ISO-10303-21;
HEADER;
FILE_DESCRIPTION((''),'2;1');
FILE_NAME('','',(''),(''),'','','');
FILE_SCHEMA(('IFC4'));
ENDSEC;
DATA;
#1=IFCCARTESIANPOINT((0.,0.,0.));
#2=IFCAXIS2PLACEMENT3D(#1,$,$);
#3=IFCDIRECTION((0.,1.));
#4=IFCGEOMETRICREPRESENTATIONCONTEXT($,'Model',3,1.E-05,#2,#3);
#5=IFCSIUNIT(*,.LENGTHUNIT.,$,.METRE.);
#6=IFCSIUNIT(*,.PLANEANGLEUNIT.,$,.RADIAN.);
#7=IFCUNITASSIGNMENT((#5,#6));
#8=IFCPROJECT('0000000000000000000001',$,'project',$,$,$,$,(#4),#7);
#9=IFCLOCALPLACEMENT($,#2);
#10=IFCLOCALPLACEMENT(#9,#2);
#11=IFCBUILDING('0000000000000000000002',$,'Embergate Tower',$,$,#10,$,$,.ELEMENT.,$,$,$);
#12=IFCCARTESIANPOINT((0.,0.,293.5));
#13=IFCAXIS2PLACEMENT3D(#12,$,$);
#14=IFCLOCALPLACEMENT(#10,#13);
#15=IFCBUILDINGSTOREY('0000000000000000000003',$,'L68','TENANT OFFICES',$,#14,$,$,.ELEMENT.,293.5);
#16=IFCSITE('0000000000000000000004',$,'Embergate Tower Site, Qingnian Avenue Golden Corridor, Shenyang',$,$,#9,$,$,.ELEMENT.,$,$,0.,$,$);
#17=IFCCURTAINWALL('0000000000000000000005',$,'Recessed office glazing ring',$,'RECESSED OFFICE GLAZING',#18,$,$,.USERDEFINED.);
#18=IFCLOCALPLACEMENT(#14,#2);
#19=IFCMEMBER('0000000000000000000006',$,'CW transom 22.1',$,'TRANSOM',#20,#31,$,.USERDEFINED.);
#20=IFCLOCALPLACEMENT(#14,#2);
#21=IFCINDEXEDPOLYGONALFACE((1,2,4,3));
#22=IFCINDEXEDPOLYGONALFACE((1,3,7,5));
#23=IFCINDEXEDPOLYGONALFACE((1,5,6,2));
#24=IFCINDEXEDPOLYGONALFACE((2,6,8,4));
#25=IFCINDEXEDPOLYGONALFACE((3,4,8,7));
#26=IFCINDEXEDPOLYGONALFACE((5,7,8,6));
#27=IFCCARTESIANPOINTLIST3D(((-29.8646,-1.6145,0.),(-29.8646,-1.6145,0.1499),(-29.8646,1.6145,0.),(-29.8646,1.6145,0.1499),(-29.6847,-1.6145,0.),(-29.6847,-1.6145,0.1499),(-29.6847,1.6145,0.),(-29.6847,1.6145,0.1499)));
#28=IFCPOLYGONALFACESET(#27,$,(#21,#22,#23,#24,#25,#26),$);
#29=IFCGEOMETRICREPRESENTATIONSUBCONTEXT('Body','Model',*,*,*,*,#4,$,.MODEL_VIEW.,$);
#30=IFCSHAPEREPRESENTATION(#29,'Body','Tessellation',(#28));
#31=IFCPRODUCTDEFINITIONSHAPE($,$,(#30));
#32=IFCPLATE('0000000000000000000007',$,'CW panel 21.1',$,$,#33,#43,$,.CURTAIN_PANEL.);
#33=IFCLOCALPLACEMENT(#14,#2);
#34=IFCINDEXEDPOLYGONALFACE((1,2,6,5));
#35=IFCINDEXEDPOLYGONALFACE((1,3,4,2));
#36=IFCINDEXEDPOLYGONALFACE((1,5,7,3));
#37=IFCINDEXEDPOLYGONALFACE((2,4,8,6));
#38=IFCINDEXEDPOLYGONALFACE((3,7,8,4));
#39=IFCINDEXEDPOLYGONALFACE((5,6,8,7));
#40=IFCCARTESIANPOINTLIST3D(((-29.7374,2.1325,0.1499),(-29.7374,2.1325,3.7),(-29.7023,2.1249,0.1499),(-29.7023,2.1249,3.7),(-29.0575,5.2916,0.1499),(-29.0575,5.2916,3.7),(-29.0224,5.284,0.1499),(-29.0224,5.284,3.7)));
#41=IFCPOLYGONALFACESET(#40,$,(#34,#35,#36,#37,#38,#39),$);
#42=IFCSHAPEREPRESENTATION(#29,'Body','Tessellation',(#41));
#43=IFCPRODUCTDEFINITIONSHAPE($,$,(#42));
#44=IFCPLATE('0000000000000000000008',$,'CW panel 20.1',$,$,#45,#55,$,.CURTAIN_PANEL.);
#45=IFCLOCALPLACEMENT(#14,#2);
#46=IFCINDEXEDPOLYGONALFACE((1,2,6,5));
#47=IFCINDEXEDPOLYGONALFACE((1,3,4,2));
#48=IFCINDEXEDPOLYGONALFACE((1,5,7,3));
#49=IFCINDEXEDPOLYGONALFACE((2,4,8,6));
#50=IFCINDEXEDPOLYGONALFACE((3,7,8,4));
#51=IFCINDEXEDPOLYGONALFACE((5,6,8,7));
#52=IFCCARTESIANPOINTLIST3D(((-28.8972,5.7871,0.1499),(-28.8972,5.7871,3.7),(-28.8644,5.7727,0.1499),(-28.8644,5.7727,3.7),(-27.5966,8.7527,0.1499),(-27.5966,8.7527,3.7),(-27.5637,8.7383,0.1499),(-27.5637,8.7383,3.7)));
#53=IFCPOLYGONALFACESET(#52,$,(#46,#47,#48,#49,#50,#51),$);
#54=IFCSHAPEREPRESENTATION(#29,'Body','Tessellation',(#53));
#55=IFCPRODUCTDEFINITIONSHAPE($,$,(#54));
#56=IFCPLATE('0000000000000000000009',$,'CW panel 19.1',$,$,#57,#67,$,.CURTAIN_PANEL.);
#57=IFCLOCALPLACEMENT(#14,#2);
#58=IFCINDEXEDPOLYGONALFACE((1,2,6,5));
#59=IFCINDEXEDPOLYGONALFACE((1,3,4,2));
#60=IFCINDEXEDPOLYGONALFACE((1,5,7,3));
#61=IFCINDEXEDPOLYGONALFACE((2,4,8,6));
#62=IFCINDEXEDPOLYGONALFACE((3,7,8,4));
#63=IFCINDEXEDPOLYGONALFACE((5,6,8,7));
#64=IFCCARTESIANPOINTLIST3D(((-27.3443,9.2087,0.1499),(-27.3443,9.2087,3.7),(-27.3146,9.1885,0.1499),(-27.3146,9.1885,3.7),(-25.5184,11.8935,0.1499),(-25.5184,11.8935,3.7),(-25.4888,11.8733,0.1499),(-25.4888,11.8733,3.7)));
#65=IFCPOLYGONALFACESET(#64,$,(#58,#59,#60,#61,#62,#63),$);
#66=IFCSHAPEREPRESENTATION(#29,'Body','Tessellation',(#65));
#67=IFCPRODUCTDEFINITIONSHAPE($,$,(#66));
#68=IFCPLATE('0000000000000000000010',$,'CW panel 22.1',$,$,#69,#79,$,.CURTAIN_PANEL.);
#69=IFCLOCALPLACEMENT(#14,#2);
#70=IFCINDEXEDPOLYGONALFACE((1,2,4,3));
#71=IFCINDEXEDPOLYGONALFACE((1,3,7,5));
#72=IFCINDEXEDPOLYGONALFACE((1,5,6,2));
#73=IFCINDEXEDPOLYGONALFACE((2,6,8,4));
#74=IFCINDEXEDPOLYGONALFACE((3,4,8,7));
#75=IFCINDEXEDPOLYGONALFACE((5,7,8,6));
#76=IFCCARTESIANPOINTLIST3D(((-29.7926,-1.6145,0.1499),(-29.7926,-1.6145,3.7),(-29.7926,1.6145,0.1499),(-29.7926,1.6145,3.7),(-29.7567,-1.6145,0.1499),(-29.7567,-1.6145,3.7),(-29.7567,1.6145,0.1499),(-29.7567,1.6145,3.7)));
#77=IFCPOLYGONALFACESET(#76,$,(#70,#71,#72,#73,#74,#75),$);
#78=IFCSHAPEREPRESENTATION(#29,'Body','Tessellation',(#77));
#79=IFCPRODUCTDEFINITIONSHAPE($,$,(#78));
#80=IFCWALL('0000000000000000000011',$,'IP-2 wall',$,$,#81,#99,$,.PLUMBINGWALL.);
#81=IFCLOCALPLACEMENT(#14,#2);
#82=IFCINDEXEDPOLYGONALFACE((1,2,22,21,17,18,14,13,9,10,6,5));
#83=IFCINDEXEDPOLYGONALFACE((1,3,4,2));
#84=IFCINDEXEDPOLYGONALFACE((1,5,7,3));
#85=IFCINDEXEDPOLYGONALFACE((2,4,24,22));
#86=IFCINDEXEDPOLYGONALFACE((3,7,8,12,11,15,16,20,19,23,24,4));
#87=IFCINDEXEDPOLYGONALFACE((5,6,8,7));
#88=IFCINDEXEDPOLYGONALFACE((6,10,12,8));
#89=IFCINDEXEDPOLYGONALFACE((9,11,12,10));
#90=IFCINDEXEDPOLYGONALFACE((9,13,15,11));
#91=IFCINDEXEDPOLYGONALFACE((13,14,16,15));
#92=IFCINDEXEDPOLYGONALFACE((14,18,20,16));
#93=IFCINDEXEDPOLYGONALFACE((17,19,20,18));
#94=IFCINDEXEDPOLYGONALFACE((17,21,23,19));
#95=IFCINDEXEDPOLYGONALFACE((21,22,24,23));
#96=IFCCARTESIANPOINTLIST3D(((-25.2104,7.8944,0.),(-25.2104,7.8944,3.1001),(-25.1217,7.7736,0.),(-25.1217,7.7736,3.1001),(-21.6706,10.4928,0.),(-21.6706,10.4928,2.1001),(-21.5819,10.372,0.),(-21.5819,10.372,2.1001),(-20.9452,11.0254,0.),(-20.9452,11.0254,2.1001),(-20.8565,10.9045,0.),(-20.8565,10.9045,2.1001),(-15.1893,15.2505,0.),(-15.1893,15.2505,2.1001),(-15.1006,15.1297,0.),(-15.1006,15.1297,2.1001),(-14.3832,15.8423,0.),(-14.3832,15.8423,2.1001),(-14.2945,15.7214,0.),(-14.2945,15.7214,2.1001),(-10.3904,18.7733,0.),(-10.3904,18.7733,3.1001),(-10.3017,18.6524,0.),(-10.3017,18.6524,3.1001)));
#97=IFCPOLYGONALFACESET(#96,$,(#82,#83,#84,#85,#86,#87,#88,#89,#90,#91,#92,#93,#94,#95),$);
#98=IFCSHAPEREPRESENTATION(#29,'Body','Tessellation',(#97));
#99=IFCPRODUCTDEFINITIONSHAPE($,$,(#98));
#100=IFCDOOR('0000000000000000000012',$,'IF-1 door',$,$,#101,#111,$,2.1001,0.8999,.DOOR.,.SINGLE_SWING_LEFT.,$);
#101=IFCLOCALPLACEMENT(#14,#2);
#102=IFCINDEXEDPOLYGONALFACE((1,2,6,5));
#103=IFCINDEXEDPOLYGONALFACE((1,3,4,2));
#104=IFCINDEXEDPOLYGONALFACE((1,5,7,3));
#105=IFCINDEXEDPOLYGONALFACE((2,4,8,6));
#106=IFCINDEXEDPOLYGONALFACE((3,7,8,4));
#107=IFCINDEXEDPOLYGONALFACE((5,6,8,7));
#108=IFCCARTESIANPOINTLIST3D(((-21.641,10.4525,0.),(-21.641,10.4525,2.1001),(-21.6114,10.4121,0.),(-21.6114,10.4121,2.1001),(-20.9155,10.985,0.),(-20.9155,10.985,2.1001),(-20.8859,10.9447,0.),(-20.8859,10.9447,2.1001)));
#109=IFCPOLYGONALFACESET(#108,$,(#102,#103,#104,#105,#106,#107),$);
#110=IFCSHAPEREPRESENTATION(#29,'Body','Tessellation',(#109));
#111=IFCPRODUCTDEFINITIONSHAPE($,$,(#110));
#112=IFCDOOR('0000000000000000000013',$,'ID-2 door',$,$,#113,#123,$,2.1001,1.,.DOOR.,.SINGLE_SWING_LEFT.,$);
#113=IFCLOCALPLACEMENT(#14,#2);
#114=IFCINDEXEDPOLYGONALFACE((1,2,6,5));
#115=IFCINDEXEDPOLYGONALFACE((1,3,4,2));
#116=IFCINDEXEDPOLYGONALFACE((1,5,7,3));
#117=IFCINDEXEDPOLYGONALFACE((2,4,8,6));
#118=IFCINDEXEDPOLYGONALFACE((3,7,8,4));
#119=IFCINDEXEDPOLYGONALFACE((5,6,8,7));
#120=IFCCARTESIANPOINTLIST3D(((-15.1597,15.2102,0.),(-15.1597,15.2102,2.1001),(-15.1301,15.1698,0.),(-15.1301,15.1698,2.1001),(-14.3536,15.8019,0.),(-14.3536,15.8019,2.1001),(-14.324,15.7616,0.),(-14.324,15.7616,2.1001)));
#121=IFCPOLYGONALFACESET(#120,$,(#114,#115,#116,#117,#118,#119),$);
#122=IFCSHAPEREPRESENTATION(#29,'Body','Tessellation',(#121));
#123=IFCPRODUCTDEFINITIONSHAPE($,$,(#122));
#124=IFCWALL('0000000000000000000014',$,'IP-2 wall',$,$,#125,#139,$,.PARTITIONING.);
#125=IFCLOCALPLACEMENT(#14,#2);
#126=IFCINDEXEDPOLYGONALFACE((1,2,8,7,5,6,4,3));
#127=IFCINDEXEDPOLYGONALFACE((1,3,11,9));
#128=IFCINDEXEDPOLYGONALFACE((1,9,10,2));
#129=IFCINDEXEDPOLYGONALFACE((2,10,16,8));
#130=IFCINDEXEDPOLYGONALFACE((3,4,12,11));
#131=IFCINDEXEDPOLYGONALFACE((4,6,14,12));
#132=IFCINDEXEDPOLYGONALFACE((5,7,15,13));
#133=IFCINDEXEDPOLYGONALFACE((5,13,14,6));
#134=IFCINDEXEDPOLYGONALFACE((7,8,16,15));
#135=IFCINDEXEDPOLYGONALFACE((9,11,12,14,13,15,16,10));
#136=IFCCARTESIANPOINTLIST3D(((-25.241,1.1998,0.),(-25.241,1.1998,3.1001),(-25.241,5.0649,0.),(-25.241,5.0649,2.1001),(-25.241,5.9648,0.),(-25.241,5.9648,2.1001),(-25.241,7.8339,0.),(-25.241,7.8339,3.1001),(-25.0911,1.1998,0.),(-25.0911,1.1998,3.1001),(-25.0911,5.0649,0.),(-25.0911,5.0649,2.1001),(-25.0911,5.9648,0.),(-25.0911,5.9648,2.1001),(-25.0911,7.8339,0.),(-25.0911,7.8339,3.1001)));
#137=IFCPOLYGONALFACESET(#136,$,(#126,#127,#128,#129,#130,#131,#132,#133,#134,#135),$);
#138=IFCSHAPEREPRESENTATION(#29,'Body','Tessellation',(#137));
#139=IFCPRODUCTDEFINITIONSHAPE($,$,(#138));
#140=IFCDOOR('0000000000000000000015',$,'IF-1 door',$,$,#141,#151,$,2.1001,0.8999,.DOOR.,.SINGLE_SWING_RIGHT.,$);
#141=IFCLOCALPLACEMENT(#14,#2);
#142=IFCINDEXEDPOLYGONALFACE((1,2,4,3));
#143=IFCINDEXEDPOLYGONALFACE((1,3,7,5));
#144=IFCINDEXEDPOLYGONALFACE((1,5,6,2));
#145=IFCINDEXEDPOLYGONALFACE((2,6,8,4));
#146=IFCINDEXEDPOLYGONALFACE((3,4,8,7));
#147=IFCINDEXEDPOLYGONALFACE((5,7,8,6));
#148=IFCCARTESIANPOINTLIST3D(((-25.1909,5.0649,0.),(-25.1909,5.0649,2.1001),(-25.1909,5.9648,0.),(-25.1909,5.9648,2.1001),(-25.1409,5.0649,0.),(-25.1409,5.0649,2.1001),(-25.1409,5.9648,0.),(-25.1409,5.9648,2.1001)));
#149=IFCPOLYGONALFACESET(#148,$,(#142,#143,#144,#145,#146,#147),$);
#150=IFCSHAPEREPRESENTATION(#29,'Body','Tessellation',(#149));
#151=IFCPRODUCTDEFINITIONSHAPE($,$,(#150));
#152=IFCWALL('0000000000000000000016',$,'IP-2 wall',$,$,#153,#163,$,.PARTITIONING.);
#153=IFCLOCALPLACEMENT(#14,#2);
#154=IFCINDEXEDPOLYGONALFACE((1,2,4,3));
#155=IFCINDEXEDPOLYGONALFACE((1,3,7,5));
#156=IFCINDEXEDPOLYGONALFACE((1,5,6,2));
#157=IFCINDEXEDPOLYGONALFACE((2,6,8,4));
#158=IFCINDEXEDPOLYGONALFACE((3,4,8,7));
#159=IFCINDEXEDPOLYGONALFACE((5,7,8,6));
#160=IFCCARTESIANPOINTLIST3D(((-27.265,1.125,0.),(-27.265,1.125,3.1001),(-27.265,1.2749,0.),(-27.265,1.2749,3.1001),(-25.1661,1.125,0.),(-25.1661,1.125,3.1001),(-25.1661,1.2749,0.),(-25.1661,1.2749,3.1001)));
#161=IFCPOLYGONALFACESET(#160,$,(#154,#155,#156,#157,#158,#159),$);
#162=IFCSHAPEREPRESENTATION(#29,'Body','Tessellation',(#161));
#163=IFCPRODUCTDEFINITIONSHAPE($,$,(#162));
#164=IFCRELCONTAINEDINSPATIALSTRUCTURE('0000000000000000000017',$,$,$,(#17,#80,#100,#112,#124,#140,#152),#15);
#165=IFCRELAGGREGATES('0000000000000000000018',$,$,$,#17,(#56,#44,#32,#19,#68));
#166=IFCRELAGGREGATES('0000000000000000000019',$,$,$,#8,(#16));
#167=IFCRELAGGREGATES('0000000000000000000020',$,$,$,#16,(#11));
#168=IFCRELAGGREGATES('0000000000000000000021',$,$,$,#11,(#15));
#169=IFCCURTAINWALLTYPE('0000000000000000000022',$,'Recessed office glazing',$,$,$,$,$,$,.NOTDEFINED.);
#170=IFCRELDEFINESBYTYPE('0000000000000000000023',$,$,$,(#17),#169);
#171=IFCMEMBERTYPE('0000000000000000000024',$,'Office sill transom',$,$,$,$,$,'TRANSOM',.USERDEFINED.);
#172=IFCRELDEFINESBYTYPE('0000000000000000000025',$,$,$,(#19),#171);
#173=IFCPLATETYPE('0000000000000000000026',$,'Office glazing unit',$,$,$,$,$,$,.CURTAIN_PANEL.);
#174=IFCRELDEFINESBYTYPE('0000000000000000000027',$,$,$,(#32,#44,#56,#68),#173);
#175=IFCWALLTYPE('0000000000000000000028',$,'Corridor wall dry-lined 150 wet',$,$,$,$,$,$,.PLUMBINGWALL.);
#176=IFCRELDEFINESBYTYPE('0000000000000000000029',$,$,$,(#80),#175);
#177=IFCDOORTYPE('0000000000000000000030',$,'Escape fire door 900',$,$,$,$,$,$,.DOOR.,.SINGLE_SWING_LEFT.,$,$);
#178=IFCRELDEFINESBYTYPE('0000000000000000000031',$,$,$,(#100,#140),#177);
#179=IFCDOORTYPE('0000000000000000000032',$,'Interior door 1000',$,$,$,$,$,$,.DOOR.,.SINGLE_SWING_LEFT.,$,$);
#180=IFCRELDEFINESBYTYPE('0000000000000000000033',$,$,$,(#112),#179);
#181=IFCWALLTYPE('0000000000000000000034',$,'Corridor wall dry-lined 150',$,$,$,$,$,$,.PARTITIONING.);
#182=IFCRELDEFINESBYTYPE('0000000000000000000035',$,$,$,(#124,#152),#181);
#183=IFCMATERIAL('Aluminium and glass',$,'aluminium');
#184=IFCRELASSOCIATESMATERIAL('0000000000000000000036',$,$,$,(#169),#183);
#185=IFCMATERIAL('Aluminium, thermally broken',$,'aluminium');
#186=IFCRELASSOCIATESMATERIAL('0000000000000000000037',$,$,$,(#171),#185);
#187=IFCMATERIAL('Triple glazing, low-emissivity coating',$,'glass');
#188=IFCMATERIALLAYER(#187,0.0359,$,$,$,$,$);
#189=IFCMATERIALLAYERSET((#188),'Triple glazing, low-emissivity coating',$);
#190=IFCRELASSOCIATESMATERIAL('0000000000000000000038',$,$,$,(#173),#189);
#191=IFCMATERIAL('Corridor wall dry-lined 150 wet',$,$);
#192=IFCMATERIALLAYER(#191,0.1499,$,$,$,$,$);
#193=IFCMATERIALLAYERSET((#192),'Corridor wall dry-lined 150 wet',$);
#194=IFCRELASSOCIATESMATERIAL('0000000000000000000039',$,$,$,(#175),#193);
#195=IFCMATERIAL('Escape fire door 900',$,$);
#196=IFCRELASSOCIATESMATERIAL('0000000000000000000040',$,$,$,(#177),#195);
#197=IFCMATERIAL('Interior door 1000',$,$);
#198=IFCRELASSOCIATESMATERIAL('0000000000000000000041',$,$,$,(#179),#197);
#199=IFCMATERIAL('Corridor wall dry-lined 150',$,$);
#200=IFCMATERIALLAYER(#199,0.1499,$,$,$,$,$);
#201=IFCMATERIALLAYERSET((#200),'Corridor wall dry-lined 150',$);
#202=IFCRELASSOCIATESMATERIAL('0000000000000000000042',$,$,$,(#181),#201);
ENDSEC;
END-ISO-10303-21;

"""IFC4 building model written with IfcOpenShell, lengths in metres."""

from ifc_helpers import new_model, si_unit, direction, frame, frame_2d, origin, origin_2d, place, context, subcontext, project, spatial, rectangle, extrude, source, transform, mapped, material, layer, layer_set, material_profile, profile_set, type_object, element, fill, aggregate, save


model = new_model("IFC4")

# Units and contexts
model_context = context("Model", 3, precision=1e-05, world=origin(), true_north=direction((0.0, 1.0)))
body_context = subcontext(model_context, "Body", "Model", "MODEL_VIEW")
ifc_project = project(units=[si_unit("LENGTHUNIT", "METRE"), si_unit("PLANEANGLEUNIT", "RADIAN")], contexts=[model_context])

# Site, building, storey
site_placement = place(None, origin())
site = spatial("IfcSite", under=ifc_project, at=site_placement, Name="Embergate Tower Site, Qingnian Avenue Golden Corridor, Shenyang", CompositionType="ELEMENT", RefElevation=0.0)
building_placement = place(site_placement, origin())
building = spatial("IfcBuilding", under=site, at=building_placement, Name="Embergate Tower", CompositionType="ELEMENT")
storey_placement = place(building_placement, frame((0.0, 0.0, 293.5)))
storey = spatial("IfcBuildingStorey", under=building, at=storey_placement, Name="L68", Description="TENANT OFFICES", CompositionType="ELEMENT", Elevation=293.5)

# Curtain wall, member, plates
ifc_material_1 = material(Name="Aluminium and glass", Category="aluminium")
curtain_wall_type = type_object("IfcCurtainWallType", Name="Recessed office glazing", PredefinedType="NOTDEFINED", material=ifc_material_1)
curtain_wall_placement = place(storey_placement, origin())
curtain_wall = element("IfcCurtainWall", 1, at=curtain_wall_placement, inside=storey, type_object=curtain_wall_type, Name="Recessed office glazing ring", ObjectType="RECESSED OFFICE GLAZING", PredefinedType="USERDEFINED")
ifc_material_2 = material(Name="Aluminium, thermally broken", Category="aluminium")
ifc_material_profile_1 = material_profile(ifc_material_2, rectangle(XDim=0.1799, YDim=0.1499, at=origin_2d()), Name="AL 150x180")
ifc_profile_set_1 = profile_set([ifc_material_profile_1], Name="Aluminium, thermally broken")
member_type_1 = type_object("IfcMemberType", Name="Office sill transom", ElementType="TRANSOM", PredefinedType="USERDEFINED", material=ifc_profile_set_1)
shared_shape_1 = source(origin(), body_context, "Body", "SweptSolid", [
    extrude(rectangle(XDim=0.1799, YDim=0.1499, at=origin_2d()), origin(), (0.0, 0.0, 1.0), 3.229),
])
member_1_placement = place(storey_placement, frame((-29.7747, 1.6145, 0.075), z_axis=(0.0, -1.0, 0.0), x_axis=(1.0, 0.0, 0.0)))
member_1 = element("IfcMember", 2, at=member_1_placement, type_object=member_type_1, Name="CW transom 22.1", ObjectType="TRANSOM", PredefinedType="USERDEFINED", context=body_context, shape_type="MappedRepresentation", body=[
    mapped(shared_shape_1, transform((0.0, 0.0, 0.0))),
])
ifc_material_3 = material(Name="Triple glazing, low-emissivity coating", Category="glass")
ifc_layer_1 = layer(ifc_material_3, 0.0359)
ifc_layer_set_1 = layer_set([ifc_layer_1], Name="Triple glazing, low-emissivity coating")
plate_type = type_object("IfcPlateType", Name="Office glazing unit", PredefinedType="CURTAIN_PANEL", material=ifc_layer_set_1)
shared_shape_2 = source(origin(), body_context, "Body", "SweptSolid", [
    extrude(rectangle(XDim=3.2314, YDim=0.0359, at=origin_2d()), origin(), (0.0, 0.0, 1.0), 3.55),
])
plate_1_placement = place(storey_placement, frame((-29.3799, 3.7083, 0.1499), z_axis=(0.0, 0.0, 1.0), x_axis=(-0.210398, -0.977616, 0.0)))
plate_1 = element("IfcPlate", 3, at=plate_1_placement, type_object=plate_type, Name="CW panel 21.1", PredefinedType="CURTAIN_PANEL", context=body_context, shape_type="MappedRepresentation", body=[
    mapped(shared_shape_2, transform((0.0, 0.0, 0.0))),
])
shared_shape_3 = source(origin(), body_context, "Body", "SweptSolid", [
    extrude(rectangle(XDim=3.2383, YDim=0.0359, at=origin_2d()), origin(), (0.0, 0.0, 1.0), 3.55),
])
plate_2_placement = place(storey_placement, frame((-28.2305, 7.2627, 0.1499), z_axis=(0.0, 0.0, 1.0), x_axis=(-0.401654, -0.915792, 0.0)))
plate_2 = element("IfcPlate", 4, at=plate_2_placement, type_object=plate_type, Name="CW panel 20.1", PredefinedType="CURTAIN_PANEL", context=body_context, shape_type="MappedRepresentation", body=[
    mapped(shared_shape_3, transform((0.0, 0.0, 0.0))),
])
shared_shape_4 = source(origin(), body_context, "Body", "SweptSolid", [
    extrude(rectangle(XDim=3.2468, YDim=0.0359, at=origin_2d()), origin(), (0.0, 0.0, 1.0), 3.55),
])
plate_3_placement = place(storey_placement, frame((-26.4165, 10.541, 0.1499), z_axis=(0.0, 0.0, 1.0), x_axis=(-0.562342, -0.826905, 0.0)))
plate_3 = element("IfcPlate", 5, at=plate_3_placement, type_object=plate_type, Name="CW panel 19.1", PredefinedType="CURTAIN_PANEL", context=body_context, shape_type="MappedRepresentation", body=[
    mapped(shared_shape_4, transform((0.0, 0.0, 0.0))),
])
shared_shape_5 = source(origin(), body_context, "Body", "SweptSolid", [
    extrude(rectangle(XDim=3.229, YDim=0.0359, at=origin_2d()), origin(), (0.0, 0.0, 1.0), 3.55),
])
plate_4_placement = place(storey_placement, frame((-29.7747, 0.0, 0.1499), z_axis=(0.0, 0.0, 1.0), x_axis=(0.0, -1.0, 0.0)))
plate_4 = element("IfcPlate", 6, at=plate_4_placement, type_object=plate_type, Name="CW panel 22.1", PredefinedType="CURTAIN_PANEL", context=body_context, shape_type="MappedRepresentation", body=[
    mapped(shared_shape_5, transform((0.0, 0.0, 0.0))),
])
aggregate(curtain_wall, [plate_3, plate_2, plate_1, member_1, plate_4])

# Wall, openings, doors
ifc_material_4 = material(Name="Corridor wall dry-lined 150 wet")
ifc_layer_2 = layer(ifc_material_4, 0.1499)
ifc_layer_set_2 = layer_set([ifc_layer_2], Name="Corridor wall dry-lined 150 wet")
wall_type_1 = type_object("IfcWallType", Name="Corridor wall dry-lined 150 wet", PredefinedType="PLUMBINGWALL", material=ifc_layer_set_2)
shared_shape_6 = source(origin(), body_context, "Body", "SweptSolid", [
    extrude(rectangle(XDim=18.3843, YDim=0.1499, at=frame_2d((9.1921, 0.0))), origin(), (0.0, 0.0, 1.0), 3.1001),
])
wall_1_placement = place(storey_placement, frame((-25.166, 7.834, 0.0), z_axis=(0.0, 0.0, 1.0), x_axis=(0.806123, 0.591748, 0.0)))
wall_1 = element("IfcWall", 7, at=wall_1_placement, inside=storey, type_object=wall_type_1, Name="IP-2 wall", PredefinedType="PLUMBINGWALL", context=body_context, shape_type="MappedRepresentation", body=[
    mapped(shared_shape_6, transform((0.0, 0.0, 0.0))),
])
shared_shape_7 = source(origin(), body_context, "Body", "SweptSolid", [
    extrude(rectangle(XDim=1.0, YDim=2.1001, at=frame_2d((0.5, 1.05))), frame((0.0, 0.085, 0.0), z_axis=(0.0, -1.0, 0.0), x_axis=(1.0, 0.0, 0.0)), (0.0, 0.0, 1.0), 0.1699),
])
opening_1_placement = place(wall_1_placement, frame((12.4312, 0.0, 0.0)))
opening_1 = element("IfcOpeningElement", 8, at=opening_1_placement, cuts=wall_1, PredefinedType="OPENING", context=body_context, shape_type="MappedRepresentation", body=[
    mapped(shared_shape_7, transform((0.0, 0.0, 0.0))),
])
shared_shape_8 = source(origin(), body_context, "Body", "SweptSolid", [
    extrude(rectangle(XDim=0.8999, YDim=2.1001, at=frame_2d((0.45, 1.05))), frame((0.0, 0.085, 0.0), z_axis=(0.0, -1.0, 0.0), x_axis=(1.0, 0.0, 0.0)), (0.0, 0.0, 1.0), 0.1699),
])
opening_2_placement = place(wall_1_placement, frame((4.3911, 0.0, 0.0)))
opening_2 = element("IfcOpeningElement", 9, at=opening_2_placement, cuts=wall_1, PredefinedType="OPENING", context=body_context, shape_type="MappedRepresentation", body=[
    mapped(shared_shape_8, transform((0.0, 0.0, 0.0))),
])
ifc_material_5 = material(Name="Escape fire door 900")
door_type_1 = type_object("IfcDoorType", Name="Escape fire door 900", OperationType="SINGLE_SWING_LEFT", PredefinedType="DOOR", material=ifc_material_5)
shared_shape_9 = source(origin(), body_context, "Body", "SweptSolid", [
    extrude(rectangle(XDim=0.8999, YDim=2.1001, at=frame_2d((0.45, 1.05))), frame((0.0, 0.0249, 0.0), z_axis=(0.0, -1.0, 0.0), x_axis=(1.0, 0.0, 0.0)), (0.0, 0.0, 1.0), 0.05),
])
door_1_placement = place(opening_2_placement, origin())
door_1 = element("IfcDoor", 10, at=door_1_placement, inside=storey, type_object=door_type_1, Name="IF-1 door", OperationType="SINGLE_SWING_LEFT", OverallHeight=2.1001, OverallWidth=0.8999, PredefinedType="DOOR", context=body_context, shape_type="MappedRepresentation", body=[
    mapped(shared_shape_9, transform((0.0, 0.0, 0.0))),
])
fill(opening_2, door_1)
ifc_material_6 = material(Name="Interior door 1000")
door_type_2 = type_object("IfcDoorType", Name="Interior door 1000", OperationType="SINGLE_SWING_LEFT", PredefinedType="DOOR", material=ifc_material_6)
shared_shape_10 = source(origin(), body_context, "Body", "SweptSolid", [
    extrude(rectangle(XDim=1.0, YDim=2.1001, at=frame_2d((0.5, 1.05))), frame((0.0, 0.0249, 0.0), z_axis=(0.0, -1.0, 0.0), x_axis=(1.0, 0.0, 0.0)), (0.0, 0.0, 1.0), 0.05),
])
door_2_placement = place(opening_1_placement, origin())
door_2 = element("IfcDoor", 11, at=door_2_placement, inside=storey, type_object=door_type_2, Name="ID-2 door", OperationType="SINGLE_SWING_LEFT", OverallHeight=2.1001, OverallWidth=1.0, PredefinedType="DOOR", context=body_context, shape_type="MappedRepresentation", body=[
    mapped(shared_shape_10, transform((0.0, 0.0, 0.0))),
])
fill(opening_1, door_2)

# Wall, opening, door
ifc_material_7 = material(Name="Corridor wall dry-lined 150")
ifc_layer_3 = layer(ifc_material_7, 0.1499)
ifc_layer_set_3 = layer_set([ifc_layer_3], Name="Corridor wall dry-lined 150")
wall_type_2 = type_object("IfcWallType", Name="Corridor wall dry-lined 150", PredefinedType="PARTITIONING", material=ifc_layer_set_3)
shared_shape_11 = source(origin(), body_context, "Body", "SweptSolid", [
    extrude(rectangle(XDim=6.634, YDim=0.1499, at=frame_2d((3.3169, 0.0))), origin(), (0.0, 0.0, 1.0), 3.1001),
])
wall_2_placement = place(storey_placement, frame((-25.166, 1.2, 0.0), z_axis=(0.0, 0.0, 1.0), x_axis=(0.0, 1.0, 0.0)))
wall_2 = element("IfcWall", 12, at=wall_2_placement, inside=storey, type_object=wall_type_2, Name="IP-2 wall", PredefinedType="PARTITIONING", context=body_context, shape_type="MappedRepresentation", body=[
    mapped(shared_shape_11, transform((0.0, 0.0, 0.0))),
])
opening_3_placement = place(wall_2_placement, frame((3.865, 0.0, 0.0)))
opening_3 = element("IfcOpeningElement", 13, at=opening_3_placement, cuts=wall_2, PredefinedType="OPENING", context=body_context, shape_type="MappedRepresentation", body=[
    mapped(shared_shape_8, transform((0.0, 0.0, 0.0))),
])
door_3_placement = place(opening_3_placement, origin())
door_3 = element("IfcDoor", 14, at=door_3_placement, inside=storey, type_object=door_type_1, Name="IF-1 door", OperationType="SINGLE_SWING_RIGHT", OverallHeight=2.1001, OverallWidth=0.8999, PredefinedType="DOOR", context=body_context, shape_type="MappedRepresentation", body=[
    mapped(shared_shape_9, transform((0.0, 0.0, 0.0))),
])
fill(opening_3, door_3)

# Wall
shared_shape_12 = source(origin(), body_context, "Body", "SweptSolid", [
    extrude(rectangle(XDim=2.0989, YDim=0.1499, at=frame_2d((1.0493, 0.0))), origin(), (0.0, 0.0, 1.0), 3.1001),
])
wall_3_placement = place(storey_placement, frame((-27.2649, 1.2, 0.0), z_axis=(0.0, 0.0, 1.0), x_axis=(1.0, 0.0, 0.0)))
element("IfcWall", 15, at=wall_3_placement, inside=storey, type_object=wall_type_2, Name="IP-2 wall", PredefinedType="PARTITIONING", context=body_context, shape_type="MappedRepresentation", body=[
    mapped(shared_shape_12, transform((0.0, 0.0, 0.0))),
])

save(model, "model.ifc")
